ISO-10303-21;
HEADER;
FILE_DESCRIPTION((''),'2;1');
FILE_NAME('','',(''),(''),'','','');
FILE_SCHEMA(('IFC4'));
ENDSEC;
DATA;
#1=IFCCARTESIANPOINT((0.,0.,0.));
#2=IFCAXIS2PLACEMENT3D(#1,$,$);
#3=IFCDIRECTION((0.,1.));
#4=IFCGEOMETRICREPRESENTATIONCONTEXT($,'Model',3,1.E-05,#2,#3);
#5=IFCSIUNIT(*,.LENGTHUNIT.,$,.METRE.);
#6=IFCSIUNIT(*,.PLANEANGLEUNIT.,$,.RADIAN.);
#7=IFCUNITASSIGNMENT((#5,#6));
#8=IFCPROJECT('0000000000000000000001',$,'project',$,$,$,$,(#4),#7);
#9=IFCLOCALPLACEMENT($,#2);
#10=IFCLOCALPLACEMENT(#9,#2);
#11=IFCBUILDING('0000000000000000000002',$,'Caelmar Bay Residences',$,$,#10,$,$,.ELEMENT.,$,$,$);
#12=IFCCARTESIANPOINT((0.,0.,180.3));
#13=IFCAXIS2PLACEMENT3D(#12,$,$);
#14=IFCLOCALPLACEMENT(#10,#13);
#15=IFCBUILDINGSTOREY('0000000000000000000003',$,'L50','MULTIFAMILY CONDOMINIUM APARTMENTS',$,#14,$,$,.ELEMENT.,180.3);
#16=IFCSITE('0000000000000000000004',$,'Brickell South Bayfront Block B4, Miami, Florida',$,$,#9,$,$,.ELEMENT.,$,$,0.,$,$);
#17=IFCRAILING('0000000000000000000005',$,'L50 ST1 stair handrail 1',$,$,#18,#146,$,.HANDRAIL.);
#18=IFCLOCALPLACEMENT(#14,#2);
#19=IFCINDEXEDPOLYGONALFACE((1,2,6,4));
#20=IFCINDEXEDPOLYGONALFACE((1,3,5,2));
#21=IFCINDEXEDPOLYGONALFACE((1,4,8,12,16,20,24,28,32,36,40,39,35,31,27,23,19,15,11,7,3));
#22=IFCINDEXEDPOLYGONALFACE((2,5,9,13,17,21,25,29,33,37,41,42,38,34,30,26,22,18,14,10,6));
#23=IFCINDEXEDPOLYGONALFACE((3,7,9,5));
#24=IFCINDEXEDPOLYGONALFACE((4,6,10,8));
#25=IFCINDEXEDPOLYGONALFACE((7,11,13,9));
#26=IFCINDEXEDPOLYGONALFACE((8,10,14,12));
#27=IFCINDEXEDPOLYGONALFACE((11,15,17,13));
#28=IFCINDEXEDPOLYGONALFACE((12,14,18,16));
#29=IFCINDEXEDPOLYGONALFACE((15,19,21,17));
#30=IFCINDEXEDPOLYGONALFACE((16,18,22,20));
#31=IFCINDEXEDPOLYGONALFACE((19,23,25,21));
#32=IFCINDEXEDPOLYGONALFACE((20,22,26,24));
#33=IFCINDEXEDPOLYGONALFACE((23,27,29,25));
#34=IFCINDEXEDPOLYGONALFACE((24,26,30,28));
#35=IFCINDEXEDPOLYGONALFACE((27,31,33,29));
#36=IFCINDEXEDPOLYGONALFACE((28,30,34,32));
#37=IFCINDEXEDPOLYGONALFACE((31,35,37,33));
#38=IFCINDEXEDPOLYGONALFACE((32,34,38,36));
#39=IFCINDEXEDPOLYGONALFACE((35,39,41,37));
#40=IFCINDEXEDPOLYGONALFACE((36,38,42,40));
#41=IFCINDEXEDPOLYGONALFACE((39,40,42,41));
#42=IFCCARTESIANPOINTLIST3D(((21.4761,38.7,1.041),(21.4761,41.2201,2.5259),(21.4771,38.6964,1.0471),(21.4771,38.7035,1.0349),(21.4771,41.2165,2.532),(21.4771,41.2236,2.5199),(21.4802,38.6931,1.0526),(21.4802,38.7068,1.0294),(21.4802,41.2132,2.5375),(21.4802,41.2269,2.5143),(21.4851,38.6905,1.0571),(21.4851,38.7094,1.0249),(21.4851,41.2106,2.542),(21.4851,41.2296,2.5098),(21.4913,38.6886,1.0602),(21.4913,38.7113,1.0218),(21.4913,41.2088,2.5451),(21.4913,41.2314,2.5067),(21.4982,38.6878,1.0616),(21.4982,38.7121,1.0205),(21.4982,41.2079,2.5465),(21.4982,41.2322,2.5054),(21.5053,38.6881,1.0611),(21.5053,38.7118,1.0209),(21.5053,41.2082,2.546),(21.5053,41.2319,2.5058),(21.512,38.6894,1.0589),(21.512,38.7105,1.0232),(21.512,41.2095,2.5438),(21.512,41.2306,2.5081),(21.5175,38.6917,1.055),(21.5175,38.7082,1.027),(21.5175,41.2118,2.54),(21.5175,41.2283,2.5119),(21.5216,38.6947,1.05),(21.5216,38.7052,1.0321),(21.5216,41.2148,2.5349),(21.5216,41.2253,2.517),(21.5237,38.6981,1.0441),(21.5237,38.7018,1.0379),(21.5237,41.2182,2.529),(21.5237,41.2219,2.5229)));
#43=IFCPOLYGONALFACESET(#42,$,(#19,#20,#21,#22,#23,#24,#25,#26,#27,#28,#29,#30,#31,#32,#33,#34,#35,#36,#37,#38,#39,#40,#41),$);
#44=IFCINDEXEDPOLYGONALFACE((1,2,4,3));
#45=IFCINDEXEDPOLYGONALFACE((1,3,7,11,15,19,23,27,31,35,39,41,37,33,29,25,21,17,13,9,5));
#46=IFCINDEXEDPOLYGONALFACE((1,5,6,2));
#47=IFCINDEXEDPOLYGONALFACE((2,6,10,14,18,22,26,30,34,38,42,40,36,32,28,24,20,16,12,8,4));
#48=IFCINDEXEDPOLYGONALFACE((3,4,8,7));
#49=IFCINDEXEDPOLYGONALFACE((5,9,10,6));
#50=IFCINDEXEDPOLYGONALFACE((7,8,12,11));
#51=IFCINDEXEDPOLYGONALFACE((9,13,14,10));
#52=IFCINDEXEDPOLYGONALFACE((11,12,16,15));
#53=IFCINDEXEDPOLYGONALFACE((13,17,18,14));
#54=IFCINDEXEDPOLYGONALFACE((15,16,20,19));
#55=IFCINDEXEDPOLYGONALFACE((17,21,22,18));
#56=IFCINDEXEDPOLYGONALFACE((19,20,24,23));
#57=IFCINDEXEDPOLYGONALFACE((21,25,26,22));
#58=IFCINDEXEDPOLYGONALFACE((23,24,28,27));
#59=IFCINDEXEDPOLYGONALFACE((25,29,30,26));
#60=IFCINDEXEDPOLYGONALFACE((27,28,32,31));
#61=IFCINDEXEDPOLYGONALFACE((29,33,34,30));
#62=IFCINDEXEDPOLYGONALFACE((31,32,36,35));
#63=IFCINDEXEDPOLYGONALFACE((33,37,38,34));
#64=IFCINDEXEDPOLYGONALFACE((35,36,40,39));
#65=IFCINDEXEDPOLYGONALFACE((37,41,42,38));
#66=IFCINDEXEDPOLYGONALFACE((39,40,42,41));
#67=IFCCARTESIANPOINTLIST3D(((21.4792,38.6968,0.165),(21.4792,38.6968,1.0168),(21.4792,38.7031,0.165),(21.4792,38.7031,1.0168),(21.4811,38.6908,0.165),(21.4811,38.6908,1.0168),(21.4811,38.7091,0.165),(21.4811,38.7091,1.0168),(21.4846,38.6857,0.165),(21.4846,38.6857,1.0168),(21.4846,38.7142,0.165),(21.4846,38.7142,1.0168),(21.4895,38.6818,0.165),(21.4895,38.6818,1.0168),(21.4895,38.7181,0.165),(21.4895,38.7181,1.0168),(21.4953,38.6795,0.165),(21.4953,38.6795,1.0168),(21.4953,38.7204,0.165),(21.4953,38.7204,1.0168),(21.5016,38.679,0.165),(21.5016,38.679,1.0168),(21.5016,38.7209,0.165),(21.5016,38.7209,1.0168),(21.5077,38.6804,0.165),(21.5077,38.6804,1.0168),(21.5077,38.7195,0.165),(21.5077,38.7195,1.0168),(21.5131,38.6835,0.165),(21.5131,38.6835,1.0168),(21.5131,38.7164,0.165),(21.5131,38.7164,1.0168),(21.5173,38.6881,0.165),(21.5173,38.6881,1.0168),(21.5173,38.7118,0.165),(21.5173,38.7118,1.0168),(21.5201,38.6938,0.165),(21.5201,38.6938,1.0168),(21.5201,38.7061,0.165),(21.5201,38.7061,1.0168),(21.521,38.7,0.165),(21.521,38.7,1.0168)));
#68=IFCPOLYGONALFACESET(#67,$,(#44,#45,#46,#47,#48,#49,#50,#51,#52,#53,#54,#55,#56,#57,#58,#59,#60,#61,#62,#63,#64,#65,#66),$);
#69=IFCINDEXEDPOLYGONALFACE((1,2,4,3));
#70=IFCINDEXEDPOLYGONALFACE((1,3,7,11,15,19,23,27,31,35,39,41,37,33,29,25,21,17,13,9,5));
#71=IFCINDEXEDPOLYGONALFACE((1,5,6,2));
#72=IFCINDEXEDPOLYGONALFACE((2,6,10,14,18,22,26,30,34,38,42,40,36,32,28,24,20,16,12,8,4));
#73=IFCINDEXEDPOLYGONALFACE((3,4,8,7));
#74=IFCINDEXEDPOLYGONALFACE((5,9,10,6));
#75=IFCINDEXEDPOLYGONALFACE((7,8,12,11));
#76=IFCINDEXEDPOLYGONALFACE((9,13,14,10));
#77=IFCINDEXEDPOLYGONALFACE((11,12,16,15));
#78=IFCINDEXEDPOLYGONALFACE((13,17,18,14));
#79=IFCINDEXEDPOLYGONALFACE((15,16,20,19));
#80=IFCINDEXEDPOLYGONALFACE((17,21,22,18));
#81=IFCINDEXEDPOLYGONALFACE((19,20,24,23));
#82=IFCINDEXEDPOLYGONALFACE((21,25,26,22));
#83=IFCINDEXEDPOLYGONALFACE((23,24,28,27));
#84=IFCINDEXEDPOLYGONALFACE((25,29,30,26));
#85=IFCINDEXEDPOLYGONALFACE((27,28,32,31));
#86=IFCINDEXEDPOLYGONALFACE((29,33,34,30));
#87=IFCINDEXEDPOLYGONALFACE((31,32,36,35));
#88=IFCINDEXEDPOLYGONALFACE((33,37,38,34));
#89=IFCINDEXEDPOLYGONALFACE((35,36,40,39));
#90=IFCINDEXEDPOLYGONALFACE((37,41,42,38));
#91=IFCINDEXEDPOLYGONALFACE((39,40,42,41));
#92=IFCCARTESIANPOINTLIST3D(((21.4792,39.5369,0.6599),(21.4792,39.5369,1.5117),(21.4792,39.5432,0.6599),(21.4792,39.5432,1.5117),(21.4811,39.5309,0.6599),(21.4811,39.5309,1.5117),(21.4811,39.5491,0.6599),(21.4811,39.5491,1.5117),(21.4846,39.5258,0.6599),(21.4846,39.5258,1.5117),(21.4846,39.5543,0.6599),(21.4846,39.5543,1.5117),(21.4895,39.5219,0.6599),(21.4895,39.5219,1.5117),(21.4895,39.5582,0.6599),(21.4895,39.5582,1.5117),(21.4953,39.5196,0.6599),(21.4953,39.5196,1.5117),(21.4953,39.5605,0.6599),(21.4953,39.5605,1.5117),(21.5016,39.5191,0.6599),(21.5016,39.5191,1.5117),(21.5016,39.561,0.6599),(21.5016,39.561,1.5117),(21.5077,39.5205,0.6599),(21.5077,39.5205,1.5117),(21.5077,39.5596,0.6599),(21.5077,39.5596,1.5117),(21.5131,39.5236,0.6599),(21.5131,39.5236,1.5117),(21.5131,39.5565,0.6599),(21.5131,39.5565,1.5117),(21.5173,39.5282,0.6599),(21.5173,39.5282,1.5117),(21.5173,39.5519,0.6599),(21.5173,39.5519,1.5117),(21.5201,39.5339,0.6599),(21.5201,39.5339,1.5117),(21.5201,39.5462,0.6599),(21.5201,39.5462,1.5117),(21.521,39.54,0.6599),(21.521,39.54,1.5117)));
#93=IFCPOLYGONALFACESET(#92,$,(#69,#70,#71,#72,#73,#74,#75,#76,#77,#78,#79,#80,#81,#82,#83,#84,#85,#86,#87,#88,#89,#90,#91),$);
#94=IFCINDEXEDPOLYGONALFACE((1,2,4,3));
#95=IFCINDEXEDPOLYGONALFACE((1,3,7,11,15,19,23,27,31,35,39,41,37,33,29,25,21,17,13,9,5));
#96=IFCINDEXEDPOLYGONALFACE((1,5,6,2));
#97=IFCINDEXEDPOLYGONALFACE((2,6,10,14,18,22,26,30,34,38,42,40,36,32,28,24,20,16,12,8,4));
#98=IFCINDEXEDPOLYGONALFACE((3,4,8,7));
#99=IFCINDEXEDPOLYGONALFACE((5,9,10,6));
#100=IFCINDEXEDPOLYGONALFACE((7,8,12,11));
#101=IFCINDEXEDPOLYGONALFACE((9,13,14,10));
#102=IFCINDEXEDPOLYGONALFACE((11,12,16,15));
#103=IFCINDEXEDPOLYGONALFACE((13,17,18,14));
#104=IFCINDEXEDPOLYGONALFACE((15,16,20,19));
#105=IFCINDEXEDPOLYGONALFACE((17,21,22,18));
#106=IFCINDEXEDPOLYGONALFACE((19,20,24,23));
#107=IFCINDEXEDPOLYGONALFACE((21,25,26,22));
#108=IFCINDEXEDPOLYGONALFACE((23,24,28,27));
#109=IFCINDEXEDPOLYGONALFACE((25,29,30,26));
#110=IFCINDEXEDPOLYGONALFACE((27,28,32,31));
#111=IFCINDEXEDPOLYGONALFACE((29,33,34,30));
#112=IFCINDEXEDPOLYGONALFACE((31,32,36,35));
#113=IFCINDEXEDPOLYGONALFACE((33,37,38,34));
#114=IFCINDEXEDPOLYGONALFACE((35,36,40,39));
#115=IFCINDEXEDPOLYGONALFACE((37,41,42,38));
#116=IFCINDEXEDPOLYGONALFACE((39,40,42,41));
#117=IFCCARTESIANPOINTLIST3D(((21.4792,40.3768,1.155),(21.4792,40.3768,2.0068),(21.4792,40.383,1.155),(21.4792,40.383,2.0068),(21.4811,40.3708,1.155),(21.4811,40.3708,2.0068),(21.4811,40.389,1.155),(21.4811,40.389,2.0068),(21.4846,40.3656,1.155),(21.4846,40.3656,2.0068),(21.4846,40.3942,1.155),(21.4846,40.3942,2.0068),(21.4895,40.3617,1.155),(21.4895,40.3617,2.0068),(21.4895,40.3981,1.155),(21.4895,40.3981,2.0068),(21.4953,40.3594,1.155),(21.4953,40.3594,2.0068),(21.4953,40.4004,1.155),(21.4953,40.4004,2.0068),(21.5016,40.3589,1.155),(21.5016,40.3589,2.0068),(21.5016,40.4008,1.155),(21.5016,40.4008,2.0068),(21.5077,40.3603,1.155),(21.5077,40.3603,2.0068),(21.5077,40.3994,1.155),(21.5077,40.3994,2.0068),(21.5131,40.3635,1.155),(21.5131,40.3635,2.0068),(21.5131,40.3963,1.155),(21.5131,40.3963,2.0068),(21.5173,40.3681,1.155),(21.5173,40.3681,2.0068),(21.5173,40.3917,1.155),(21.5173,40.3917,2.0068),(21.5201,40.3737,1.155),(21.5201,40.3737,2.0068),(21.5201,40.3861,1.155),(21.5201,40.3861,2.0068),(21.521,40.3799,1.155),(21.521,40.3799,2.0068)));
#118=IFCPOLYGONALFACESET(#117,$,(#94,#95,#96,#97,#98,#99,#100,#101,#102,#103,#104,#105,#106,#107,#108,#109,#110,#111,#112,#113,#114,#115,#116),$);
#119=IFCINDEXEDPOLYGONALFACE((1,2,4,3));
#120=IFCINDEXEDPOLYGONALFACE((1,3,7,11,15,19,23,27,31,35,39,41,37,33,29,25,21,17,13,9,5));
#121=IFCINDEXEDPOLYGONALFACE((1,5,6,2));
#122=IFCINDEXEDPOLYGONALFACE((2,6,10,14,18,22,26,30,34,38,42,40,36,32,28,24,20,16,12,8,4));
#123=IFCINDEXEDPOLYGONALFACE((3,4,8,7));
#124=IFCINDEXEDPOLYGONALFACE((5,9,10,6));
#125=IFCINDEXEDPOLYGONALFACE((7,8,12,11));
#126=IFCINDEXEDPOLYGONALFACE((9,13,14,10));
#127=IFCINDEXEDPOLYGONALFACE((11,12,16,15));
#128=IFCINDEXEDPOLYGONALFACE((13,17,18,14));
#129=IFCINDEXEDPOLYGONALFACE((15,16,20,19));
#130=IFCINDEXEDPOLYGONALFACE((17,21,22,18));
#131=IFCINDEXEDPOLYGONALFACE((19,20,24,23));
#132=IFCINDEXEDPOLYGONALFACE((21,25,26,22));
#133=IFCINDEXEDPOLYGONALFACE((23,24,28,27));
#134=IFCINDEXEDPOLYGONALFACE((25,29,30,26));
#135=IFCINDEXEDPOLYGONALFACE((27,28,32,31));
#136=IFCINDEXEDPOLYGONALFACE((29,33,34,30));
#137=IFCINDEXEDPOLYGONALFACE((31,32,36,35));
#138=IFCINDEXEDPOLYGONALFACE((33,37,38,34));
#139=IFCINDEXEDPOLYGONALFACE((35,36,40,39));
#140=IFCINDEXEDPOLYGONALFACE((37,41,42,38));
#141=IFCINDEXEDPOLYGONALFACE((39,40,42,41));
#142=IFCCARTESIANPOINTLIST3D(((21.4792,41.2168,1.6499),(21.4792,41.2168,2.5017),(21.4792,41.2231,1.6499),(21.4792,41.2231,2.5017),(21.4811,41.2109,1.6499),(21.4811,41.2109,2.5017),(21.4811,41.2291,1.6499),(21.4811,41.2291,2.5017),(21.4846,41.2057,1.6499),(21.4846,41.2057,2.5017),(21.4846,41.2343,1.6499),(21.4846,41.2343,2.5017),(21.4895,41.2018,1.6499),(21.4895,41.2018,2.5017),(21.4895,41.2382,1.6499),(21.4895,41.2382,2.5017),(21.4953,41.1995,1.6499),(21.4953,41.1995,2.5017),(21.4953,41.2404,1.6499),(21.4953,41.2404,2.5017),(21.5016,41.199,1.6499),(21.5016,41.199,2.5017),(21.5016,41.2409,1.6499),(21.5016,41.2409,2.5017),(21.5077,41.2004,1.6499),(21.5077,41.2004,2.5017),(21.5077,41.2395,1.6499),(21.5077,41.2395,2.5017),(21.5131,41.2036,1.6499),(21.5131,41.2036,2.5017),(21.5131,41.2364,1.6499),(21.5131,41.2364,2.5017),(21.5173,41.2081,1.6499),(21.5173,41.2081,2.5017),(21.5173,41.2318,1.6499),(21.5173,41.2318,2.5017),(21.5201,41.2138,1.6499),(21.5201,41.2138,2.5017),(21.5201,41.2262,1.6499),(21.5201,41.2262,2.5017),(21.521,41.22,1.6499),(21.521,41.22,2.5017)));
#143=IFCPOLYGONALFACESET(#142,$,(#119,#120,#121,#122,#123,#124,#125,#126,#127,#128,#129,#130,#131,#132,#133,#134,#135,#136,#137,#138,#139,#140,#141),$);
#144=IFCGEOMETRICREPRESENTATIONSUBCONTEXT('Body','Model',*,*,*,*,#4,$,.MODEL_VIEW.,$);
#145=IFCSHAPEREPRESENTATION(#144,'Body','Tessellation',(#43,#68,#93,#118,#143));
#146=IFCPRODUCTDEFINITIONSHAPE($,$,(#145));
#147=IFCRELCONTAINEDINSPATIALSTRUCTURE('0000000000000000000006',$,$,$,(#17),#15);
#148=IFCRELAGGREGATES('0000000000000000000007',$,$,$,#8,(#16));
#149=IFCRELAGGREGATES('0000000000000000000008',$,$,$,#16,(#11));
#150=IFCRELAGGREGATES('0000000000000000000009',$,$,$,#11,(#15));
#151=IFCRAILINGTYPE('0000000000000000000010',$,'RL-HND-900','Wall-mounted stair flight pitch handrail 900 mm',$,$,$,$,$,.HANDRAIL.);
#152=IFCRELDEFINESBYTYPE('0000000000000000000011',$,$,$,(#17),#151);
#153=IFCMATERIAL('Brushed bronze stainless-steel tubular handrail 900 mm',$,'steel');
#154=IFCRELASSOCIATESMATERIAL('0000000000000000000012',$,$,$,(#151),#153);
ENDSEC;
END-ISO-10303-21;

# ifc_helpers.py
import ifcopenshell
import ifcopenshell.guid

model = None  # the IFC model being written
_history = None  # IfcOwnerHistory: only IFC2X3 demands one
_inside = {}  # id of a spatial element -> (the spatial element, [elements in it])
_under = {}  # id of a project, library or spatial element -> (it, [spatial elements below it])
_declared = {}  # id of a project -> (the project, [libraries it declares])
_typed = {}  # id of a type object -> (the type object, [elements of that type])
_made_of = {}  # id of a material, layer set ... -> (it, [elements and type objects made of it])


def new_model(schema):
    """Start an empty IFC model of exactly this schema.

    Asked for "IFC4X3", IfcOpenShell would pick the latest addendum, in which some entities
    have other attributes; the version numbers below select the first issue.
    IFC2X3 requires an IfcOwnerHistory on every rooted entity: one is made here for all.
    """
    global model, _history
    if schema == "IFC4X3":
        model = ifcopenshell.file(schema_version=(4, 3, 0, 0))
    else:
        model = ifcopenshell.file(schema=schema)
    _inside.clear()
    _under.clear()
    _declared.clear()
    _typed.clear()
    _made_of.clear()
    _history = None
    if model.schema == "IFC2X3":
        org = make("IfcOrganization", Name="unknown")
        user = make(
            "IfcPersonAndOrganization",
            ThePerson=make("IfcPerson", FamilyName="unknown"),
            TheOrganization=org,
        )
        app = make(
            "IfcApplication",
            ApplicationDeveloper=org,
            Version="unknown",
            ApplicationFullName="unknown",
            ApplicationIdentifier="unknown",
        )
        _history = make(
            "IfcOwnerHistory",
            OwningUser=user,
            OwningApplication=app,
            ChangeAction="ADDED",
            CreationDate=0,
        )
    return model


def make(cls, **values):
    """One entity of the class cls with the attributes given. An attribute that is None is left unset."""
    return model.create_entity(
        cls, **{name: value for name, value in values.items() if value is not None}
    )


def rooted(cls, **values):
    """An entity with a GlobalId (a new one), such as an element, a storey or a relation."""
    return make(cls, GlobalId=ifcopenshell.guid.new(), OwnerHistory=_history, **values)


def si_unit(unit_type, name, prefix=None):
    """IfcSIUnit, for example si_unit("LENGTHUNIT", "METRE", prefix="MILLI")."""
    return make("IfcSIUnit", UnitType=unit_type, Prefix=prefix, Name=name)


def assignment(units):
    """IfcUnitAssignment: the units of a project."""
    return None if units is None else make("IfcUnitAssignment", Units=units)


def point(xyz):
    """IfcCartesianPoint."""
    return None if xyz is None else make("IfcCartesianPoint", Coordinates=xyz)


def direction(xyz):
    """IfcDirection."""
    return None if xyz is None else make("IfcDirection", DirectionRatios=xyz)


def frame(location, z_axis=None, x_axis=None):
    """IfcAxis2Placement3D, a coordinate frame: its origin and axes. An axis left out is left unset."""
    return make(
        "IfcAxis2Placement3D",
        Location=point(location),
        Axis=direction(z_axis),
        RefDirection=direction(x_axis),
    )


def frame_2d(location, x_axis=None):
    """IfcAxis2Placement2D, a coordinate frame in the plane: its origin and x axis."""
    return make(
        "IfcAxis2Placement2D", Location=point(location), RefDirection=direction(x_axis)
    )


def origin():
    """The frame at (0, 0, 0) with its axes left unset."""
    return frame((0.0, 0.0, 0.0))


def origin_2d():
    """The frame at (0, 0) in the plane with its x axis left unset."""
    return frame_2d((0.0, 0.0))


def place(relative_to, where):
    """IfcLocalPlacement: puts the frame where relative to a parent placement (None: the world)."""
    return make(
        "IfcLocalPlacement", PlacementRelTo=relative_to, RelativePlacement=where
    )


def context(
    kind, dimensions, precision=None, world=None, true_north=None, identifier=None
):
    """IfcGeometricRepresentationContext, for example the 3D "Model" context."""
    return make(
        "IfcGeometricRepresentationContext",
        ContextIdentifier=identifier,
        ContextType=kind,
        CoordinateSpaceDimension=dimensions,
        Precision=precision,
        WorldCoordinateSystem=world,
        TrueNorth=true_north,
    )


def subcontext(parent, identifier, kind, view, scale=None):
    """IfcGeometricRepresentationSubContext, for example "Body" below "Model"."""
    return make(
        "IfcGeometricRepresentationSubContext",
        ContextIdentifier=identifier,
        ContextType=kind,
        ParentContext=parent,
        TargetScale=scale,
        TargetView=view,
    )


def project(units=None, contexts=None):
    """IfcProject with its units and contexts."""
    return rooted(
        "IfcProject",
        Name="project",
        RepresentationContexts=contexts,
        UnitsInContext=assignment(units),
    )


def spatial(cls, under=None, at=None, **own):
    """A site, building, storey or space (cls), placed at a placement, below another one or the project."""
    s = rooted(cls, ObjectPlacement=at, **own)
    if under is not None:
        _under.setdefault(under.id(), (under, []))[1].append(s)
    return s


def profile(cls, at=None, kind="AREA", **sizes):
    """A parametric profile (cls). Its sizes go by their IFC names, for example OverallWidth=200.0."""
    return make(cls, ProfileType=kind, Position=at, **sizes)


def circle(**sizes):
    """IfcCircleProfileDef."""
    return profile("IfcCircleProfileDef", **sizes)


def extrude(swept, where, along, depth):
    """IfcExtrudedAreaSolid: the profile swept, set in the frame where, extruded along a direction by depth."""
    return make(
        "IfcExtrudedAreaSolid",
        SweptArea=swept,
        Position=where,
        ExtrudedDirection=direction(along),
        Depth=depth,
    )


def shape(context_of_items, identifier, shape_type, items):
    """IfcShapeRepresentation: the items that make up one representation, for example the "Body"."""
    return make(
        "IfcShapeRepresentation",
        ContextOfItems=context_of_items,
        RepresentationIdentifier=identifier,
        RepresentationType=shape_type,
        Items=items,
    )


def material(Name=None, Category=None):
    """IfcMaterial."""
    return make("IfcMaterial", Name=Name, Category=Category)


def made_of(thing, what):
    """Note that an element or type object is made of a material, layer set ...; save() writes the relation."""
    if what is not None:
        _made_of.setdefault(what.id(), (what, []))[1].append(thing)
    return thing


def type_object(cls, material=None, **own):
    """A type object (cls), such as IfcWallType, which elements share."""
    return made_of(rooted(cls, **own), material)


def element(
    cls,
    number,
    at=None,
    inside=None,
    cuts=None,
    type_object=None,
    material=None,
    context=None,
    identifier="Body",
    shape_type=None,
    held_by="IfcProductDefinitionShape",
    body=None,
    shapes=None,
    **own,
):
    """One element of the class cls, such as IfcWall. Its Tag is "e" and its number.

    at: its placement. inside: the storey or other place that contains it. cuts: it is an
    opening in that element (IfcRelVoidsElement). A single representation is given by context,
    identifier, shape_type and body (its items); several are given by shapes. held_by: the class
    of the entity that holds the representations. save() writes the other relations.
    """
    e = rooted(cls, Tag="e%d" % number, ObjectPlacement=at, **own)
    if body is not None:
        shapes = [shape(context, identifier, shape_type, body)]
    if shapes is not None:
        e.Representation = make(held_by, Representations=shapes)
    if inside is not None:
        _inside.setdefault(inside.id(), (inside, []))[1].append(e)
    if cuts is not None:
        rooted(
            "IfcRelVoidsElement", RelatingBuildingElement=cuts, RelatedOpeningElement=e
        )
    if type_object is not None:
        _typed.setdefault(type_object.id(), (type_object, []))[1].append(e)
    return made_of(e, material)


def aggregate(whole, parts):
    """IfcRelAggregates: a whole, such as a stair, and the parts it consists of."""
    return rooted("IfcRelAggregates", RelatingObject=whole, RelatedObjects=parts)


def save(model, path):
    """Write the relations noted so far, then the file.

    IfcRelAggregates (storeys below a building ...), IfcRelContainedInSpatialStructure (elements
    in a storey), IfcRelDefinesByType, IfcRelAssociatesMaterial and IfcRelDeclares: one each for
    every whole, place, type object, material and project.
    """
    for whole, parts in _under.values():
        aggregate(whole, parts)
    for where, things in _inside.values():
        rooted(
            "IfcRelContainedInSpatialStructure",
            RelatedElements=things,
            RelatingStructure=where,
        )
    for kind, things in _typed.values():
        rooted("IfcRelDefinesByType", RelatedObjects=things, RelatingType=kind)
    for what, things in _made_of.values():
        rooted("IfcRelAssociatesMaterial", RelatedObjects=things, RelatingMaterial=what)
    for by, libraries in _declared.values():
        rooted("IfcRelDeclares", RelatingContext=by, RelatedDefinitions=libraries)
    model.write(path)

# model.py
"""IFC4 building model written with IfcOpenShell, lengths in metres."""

from ifc_helpers import new_model, si_unit, direction, frame, origin, origin_2d, place, context, subcontext, project, spatial, circle, extrude, material, type_object, element, save


model = new_model("IFC4")

# Units and contexts
model_context = context("Model", 3, precision=1e-05, world=origin(), true_north=direction((0.0, 1.0)))
body_context = subcontext(model_context, "Body", "Model", "MODEL_VIEW")
ifc_project = project(units=[si_unit("LENGTHUNIT", "METRE"), si_unit("PLANEANGLEUNIT", "RADIAN")], contexts=[model_context])

# Site, building, storey
site_placement = place(None, origin())
site = spatial("IfcSite", under=ifc_project, at=site_placement, Name="Brickell South Bayfront Block B4, Miami, Florida", CompositionType="ELEMENT", RefElevation=0.0)
building_placement = place(site_placement, origin())
building = spatial("IfcBuilding", under=site, at=building_placement, Name="Caelmar Bay Residences", CompositionType="ELEMENT")
storey_placement = place(building_placement, frame((0.0, 0.0, 180.3)))
storey = spatial("IfcBuildingStorey", under=building, at=storey_placement, Name="L50", Description="MULTIFAMILY CONDOMINIUM APARTMENTS", CompositionType="ELEMENT", Elevation=180.3)

# Railing
ifc_material_1 = material(Name="Brushed bronze stainless-steel tubular handrail 900 mm", Category="steel")
railing_type_1 = type_object("IfcRailingType", Name="RL-HND-900", Description="Wall-mounted stair flight pitch handrail 900 mm", PredefinedType="HANDRAIL", material=ifc_material_1)
railing_1_placement = place(storey_placement, frame((21.5, 38.7, 0.165)))
element("IfcRailing", 1, at=railing_1_placement, inside=storey, type_object=railing_type_1, Name="L50 ST1 stair handrail 1", PredefinedType="HANDRAIL", context=body_context, shape_type="SweptSolid", body=[
    extrude(circle(Radius=0.0239, at=origin_2d()), frame((0.0, 0.0, 0.876), z_axis=(0.0, 0.861561, 0.507655), x_axis=(-1.0, 0.0, 0.0)), (0.0, 0.0, 1.0), 2.925),
    extrude(circle(Radius=0.021, at=origin_2d()), origin(), (0.0, 0.0, 1.0), 0.8518),
    extrude(circle(Radius=0.021, at=origin_2d()), frame((0.0, 0.8401, 0.4949)), (0.0, 0.0, 1.0), 0.8518),
    extrude(circle(Radius=0.021, at=origin_2d()), frame((0.0, 1.6799, 0.99)), (0.0, 0.0, 1.0), 0.8518),
    extrude(circle(Radius=0.021, at=origin_2d()), frame((0.0, 2.52, 1.4849)), (0.0, 0.0, 1.0), 0.8518),
])

save(model, "model.ifc")
